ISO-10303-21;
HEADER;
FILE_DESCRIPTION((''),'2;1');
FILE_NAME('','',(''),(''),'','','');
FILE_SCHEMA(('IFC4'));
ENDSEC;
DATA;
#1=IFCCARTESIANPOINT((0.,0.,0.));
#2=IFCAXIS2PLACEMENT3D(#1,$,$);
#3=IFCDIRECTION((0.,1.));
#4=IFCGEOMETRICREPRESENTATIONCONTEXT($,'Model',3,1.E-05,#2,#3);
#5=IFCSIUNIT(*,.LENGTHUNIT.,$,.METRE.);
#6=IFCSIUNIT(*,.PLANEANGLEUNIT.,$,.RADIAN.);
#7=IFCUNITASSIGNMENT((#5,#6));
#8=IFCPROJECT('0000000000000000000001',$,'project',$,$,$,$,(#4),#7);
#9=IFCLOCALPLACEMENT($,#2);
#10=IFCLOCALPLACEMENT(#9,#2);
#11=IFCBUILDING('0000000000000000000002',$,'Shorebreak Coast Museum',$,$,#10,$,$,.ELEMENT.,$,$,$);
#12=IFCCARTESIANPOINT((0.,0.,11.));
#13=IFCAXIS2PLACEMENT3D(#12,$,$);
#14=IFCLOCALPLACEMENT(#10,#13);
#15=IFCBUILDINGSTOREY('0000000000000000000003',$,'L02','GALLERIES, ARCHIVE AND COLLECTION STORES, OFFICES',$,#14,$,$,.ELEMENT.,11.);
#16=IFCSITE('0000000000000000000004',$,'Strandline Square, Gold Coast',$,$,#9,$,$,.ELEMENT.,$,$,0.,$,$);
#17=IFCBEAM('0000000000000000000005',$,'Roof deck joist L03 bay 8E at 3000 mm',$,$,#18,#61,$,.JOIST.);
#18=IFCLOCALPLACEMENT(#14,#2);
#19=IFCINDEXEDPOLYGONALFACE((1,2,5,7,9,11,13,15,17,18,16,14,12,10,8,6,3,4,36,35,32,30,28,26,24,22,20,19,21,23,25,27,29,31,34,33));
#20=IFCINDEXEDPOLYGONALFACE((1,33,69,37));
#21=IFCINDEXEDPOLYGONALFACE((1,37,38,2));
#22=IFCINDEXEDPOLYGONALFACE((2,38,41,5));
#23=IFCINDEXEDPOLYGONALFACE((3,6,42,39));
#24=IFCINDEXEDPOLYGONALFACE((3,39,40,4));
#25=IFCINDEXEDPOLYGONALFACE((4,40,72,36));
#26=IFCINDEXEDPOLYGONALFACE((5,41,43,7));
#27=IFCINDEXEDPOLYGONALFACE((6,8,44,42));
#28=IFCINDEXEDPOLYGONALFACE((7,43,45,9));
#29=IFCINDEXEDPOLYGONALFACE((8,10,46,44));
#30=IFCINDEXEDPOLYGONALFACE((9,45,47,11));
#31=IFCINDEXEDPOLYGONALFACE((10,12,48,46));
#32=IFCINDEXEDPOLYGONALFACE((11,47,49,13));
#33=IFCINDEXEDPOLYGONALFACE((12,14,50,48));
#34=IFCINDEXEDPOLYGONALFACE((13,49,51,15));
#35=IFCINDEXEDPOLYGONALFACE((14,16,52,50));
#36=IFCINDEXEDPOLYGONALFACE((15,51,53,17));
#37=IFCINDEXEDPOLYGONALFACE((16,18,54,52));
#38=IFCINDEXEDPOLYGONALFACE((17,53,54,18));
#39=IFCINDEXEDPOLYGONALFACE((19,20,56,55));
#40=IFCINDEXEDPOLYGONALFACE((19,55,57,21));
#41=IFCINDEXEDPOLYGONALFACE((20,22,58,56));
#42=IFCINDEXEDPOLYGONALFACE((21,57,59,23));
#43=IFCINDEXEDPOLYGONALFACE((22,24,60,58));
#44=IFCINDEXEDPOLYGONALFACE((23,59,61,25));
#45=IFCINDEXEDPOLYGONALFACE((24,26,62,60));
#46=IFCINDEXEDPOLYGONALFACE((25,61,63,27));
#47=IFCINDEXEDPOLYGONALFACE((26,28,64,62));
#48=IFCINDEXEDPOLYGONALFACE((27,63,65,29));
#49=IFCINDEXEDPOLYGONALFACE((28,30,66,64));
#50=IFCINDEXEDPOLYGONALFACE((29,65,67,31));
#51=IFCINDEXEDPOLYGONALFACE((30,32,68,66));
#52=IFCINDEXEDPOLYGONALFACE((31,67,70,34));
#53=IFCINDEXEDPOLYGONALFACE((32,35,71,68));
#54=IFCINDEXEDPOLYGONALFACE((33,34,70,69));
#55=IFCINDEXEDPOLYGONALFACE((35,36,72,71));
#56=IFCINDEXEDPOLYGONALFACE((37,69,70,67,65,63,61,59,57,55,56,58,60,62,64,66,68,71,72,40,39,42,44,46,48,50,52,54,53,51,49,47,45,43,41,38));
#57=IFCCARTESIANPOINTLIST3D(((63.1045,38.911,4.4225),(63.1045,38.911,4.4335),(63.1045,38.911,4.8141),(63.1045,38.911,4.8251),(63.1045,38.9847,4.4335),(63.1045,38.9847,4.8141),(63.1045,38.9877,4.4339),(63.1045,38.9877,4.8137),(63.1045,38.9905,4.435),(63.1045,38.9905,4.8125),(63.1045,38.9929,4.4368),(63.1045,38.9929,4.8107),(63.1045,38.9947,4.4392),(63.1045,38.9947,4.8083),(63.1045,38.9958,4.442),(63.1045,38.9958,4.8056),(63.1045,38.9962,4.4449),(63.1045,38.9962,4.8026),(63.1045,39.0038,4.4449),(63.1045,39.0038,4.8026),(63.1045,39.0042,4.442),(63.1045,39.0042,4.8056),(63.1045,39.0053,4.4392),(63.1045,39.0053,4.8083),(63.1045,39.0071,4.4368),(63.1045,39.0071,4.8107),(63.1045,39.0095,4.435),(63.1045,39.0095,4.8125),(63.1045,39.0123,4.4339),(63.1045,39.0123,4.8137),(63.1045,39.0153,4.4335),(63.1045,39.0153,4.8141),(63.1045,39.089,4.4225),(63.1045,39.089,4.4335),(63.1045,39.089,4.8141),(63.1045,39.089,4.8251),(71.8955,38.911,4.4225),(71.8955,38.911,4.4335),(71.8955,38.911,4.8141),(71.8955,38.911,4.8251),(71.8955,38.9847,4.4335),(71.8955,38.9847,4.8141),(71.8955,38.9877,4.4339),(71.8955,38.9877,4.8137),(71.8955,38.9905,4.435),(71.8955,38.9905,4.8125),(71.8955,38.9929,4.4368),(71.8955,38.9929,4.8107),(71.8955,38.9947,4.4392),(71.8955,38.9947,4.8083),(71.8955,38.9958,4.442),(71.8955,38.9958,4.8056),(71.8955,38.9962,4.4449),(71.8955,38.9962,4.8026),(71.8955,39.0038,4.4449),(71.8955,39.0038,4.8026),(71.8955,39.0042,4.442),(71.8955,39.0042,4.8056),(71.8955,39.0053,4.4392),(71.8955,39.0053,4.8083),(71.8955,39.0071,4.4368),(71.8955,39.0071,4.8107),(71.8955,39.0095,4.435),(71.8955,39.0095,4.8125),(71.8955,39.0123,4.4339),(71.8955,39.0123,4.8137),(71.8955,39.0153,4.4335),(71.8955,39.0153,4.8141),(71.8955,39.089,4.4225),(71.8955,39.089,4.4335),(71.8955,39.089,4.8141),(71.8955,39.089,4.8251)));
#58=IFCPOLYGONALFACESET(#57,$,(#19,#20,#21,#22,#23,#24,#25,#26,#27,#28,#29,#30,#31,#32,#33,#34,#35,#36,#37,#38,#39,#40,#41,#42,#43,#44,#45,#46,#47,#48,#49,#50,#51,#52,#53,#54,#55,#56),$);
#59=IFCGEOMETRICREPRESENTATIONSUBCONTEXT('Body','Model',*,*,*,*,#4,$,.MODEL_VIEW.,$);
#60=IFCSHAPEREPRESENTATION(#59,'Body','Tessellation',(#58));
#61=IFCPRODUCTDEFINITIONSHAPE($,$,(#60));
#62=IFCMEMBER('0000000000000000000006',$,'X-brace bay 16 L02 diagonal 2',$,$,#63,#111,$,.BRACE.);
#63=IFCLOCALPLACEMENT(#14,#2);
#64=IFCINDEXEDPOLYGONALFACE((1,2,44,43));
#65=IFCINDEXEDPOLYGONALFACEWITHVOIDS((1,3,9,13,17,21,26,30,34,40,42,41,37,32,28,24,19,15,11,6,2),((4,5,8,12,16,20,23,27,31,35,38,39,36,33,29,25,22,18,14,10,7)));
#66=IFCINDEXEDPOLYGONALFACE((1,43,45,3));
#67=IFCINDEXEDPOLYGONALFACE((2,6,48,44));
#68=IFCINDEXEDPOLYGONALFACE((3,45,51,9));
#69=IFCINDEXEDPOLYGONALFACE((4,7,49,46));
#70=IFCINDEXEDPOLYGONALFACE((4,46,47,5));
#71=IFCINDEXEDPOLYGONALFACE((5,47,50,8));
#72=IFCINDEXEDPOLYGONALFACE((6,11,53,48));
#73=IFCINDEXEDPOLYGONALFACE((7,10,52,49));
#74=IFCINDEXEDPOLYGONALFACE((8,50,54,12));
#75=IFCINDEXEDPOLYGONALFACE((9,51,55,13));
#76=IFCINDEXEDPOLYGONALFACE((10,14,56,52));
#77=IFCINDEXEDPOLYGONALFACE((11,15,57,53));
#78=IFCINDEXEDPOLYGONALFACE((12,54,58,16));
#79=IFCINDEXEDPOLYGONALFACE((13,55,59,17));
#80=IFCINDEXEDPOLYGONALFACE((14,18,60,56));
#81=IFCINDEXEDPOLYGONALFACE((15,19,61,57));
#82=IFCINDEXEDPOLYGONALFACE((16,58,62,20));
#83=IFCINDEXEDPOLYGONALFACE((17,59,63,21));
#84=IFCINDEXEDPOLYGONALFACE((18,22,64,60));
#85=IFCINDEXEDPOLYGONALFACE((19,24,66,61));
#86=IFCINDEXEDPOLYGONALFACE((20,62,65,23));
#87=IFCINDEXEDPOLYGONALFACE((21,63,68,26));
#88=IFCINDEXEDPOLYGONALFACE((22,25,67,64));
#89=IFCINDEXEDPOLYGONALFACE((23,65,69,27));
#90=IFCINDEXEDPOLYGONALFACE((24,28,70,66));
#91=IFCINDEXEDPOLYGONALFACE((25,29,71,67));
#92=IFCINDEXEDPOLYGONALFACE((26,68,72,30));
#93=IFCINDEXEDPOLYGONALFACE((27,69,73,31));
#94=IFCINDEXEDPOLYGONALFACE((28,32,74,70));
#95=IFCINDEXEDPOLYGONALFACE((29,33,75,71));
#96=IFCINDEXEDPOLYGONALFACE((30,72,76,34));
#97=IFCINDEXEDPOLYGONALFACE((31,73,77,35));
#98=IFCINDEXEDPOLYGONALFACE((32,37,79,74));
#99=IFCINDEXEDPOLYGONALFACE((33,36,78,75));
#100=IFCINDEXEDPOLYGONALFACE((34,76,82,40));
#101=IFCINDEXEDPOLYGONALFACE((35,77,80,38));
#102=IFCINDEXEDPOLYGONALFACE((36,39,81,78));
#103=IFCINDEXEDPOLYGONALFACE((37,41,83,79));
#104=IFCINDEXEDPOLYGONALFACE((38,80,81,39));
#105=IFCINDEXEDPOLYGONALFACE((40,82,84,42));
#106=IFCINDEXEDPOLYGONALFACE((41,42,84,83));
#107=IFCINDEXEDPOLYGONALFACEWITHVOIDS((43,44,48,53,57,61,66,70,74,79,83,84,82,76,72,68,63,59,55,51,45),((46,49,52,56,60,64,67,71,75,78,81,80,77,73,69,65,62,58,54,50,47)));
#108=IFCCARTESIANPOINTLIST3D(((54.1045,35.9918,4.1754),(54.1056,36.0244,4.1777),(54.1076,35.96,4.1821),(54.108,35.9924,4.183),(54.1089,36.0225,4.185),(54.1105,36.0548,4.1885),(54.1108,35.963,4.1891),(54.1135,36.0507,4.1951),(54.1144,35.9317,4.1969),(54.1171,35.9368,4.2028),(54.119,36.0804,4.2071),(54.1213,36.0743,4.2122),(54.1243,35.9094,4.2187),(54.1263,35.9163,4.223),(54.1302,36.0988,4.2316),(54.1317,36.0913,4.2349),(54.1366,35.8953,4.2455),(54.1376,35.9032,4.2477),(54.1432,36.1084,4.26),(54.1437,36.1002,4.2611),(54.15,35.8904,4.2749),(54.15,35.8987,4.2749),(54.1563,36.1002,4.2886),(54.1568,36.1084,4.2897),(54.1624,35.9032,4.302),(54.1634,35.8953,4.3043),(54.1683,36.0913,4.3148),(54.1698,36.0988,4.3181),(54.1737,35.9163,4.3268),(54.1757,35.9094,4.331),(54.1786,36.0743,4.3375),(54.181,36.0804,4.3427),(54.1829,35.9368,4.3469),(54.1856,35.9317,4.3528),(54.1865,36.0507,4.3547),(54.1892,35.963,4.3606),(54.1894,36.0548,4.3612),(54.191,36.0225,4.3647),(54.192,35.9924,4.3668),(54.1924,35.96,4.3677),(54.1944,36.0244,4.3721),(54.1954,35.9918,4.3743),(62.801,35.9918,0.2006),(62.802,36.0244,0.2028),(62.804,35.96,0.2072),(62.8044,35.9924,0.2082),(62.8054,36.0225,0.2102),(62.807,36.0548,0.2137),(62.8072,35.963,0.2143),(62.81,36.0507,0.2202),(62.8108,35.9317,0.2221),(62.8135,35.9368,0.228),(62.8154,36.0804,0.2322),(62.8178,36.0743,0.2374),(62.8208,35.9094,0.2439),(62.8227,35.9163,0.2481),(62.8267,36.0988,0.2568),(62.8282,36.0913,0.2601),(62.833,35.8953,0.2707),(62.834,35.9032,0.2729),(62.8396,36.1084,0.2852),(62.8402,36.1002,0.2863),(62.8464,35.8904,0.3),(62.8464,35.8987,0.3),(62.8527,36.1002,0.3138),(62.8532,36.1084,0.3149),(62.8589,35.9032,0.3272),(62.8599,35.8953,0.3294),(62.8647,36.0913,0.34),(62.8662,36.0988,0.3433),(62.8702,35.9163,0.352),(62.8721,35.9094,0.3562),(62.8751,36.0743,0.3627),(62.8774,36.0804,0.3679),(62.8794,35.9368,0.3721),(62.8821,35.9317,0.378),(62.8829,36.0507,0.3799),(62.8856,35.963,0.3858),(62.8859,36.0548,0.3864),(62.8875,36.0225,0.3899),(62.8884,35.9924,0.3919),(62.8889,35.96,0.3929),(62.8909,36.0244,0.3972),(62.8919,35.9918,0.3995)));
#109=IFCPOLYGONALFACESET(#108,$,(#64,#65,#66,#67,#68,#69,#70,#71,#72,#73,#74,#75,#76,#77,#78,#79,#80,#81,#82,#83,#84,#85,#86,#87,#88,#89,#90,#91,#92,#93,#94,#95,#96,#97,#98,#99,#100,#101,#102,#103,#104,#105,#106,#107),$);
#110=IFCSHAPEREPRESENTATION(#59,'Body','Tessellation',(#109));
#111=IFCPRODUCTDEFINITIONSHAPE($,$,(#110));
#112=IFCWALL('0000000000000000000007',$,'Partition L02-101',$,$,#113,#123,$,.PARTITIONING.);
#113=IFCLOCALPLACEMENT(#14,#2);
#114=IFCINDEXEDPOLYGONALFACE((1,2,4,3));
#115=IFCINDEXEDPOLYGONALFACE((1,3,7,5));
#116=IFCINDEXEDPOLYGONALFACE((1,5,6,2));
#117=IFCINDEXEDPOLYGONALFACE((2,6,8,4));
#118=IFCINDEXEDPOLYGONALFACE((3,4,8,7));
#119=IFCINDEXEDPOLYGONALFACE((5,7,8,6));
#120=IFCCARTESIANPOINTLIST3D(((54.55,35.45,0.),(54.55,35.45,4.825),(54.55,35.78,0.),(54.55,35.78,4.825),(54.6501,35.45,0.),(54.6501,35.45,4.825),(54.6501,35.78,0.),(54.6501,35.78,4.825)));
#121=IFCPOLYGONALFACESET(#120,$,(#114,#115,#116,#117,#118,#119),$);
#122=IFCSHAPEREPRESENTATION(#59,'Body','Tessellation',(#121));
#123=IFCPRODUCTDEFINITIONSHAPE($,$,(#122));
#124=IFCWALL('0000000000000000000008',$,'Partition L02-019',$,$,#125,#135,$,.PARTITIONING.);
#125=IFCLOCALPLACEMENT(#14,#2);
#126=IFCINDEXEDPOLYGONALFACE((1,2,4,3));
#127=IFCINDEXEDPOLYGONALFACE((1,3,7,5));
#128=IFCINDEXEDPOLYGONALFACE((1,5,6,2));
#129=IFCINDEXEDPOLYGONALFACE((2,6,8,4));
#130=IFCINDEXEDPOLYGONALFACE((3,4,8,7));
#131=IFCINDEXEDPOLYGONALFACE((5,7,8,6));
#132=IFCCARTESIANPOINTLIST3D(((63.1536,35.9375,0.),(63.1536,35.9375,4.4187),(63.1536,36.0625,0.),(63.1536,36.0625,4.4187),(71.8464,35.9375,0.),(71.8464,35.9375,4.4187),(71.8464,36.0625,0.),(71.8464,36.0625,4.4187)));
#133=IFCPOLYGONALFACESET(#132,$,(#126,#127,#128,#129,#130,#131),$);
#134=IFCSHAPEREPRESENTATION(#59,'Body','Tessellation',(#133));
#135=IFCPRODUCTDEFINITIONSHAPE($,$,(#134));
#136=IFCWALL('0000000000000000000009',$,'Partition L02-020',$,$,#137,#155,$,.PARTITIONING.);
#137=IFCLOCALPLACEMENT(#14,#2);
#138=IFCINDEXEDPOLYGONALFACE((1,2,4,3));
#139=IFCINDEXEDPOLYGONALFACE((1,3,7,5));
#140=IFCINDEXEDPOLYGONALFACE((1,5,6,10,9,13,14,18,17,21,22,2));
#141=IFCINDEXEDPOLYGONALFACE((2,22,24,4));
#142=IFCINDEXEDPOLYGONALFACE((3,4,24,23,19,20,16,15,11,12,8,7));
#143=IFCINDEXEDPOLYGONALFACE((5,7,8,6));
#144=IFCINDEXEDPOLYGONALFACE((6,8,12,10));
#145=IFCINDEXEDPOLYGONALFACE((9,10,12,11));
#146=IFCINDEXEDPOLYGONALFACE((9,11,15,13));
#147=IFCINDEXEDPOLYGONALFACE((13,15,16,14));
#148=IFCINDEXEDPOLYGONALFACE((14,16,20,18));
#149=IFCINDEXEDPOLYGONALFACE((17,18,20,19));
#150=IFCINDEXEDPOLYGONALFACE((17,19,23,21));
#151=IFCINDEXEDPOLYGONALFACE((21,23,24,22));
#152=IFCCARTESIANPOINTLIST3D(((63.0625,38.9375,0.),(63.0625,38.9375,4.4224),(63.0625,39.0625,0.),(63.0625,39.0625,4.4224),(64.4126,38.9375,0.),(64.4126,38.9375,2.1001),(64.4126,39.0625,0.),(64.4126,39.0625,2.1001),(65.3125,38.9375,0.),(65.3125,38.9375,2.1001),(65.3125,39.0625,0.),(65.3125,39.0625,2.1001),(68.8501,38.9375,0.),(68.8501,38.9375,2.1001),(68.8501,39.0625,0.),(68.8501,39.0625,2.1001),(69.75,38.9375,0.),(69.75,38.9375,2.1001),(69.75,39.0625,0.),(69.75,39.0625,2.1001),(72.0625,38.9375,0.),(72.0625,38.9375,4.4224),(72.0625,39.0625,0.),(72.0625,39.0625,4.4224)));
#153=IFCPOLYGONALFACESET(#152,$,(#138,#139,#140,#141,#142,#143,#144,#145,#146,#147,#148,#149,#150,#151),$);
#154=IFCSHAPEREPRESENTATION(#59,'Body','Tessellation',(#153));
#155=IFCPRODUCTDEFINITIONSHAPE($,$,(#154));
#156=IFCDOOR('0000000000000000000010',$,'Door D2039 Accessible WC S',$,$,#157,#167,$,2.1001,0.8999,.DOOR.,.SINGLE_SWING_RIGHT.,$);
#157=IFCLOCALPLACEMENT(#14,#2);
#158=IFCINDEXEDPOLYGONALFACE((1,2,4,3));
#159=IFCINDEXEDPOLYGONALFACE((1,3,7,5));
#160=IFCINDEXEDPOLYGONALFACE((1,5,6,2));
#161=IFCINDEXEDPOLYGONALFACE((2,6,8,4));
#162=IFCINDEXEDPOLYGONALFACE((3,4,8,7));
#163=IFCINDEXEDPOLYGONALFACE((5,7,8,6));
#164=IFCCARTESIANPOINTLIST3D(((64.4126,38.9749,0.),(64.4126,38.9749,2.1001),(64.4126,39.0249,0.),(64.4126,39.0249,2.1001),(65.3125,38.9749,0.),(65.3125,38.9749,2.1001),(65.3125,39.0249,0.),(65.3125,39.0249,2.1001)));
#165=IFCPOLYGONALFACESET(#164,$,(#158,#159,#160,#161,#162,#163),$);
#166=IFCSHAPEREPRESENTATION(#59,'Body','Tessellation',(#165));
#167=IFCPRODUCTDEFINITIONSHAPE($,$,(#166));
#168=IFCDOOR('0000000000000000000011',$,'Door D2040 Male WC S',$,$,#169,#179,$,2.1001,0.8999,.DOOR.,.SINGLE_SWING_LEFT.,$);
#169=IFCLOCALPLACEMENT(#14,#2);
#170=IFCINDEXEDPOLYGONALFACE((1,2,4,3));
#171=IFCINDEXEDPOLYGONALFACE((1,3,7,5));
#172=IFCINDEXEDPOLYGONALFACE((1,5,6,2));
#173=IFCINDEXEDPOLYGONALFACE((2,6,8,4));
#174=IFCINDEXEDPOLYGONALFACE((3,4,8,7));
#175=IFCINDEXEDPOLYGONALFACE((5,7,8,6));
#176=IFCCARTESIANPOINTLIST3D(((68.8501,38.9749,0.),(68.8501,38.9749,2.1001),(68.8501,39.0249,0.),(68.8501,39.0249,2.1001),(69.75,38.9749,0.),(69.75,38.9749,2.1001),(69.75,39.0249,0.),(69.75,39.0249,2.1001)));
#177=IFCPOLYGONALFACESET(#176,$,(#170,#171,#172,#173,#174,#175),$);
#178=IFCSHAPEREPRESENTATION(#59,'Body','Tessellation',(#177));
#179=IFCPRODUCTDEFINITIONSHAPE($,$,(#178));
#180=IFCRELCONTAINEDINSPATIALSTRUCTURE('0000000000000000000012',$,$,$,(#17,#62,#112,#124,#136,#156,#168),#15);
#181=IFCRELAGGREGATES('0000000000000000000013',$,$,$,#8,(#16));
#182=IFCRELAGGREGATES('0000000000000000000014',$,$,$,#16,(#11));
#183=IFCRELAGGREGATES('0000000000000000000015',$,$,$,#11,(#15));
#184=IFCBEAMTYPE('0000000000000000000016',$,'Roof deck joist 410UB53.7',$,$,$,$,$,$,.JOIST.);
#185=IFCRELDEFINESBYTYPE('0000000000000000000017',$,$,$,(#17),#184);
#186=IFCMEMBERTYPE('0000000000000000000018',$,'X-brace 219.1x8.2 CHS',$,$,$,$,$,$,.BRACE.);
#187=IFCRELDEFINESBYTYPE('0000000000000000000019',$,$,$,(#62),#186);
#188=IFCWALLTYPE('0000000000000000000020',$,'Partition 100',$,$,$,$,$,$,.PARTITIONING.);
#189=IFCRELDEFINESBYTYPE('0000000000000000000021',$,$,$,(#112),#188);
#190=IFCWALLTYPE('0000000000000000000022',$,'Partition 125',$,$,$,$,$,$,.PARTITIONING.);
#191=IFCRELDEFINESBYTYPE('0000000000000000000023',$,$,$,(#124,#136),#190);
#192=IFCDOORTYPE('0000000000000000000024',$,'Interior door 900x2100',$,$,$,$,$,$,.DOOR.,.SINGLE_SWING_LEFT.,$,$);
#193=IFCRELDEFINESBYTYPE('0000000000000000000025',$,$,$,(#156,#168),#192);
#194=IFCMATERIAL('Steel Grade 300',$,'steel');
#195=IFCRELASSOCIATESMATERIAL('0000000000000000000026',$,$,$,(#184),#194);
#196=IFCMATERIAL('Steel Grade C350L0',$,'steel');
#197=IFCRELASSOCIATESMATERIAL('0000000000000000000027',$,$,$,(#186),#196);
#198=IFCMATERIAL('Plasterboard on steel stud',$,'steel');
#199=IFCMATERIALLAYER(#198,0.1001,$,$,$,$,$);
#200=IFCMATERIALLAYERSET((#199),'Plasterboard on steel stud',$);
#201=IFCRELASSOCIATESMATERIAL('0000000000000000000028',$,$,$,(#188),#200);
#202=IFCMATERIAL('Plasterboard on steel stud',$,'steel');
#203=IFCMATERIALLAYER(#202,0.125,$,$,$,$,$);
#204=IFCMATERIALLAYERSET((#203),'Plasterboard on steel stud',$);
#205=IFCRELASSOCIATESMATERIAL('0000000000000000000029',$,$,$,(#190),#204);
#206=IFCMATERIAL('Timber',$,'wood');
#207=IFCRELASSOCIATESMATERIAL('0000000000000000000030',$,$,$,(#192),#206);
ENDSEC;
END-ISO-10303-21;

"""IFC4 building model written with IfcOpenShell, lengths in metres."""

from ifc_helpers import new_model, si_unit, direction, frame, frame_2d, origin, origin_2d, place, context, subcontext, project, spatial, rectangle, hollow_circle, i_section, extrude, material, layer, layer_set, material_profile, profile_set, type_object, element, fill, save


model = new_model("IFC4")

# Units and contexts
model_context = context("Model", 3, precision=1e-05, world=origin(), true_north=direction((0.0, 1.0)))
body_context = subcontext(model_context, "Body", "Model", "MODEL_VIEW")
ifc_project = project(units=[si_unit("LENGTHUNIT", "METRE"), si_unit("PLANEANGLEUNIT", "RADIAN")], contexts=[model_context])

# Site, building, storey
site_placement = place(None, origin())
site = spatial("IfcSite", under=ifc_project, at=site_placement, Name="Strandline Square, Gold Coast", CompositionType="ELEMENT", RefElevation=0.0)
building_placement = place(site_placement, origin())
building = spatial("IfcBuilding", under=site, at=building_placement, Name="Shorebreak Coast Museum", CompositionType="ELEMENT")
storey_placement = place(building_placement, frame((0.0, 0.0, 11.0)))
storey = spatial("IfcBuildingStorey", under=building, at=storey_placement, Name="L02", Description="GALLERIES, ARCHIVE AND COLLECTION STORES, OFFICES", CompositionType="ELEMENT", Elevation=11.0)

# Beam
ifc_material_1 = material(Name="Steel Grade 300", Category="steel")
ifc_material_profile_1 = material_profile(ifc_material_1, i_section(OverallWidth=0.178, OverallDepth=0.4026, WebThickness=0.0076, FlangeThickness=0.011, FilletRadius=0.0115, at=origin_2d()), Name="410UB53.7")
ifc_profile_set_1 = profile_set([ifc_material_profile_1], Name="Steel Grade 300")
beam_type_1 = type_object("IfcBeamType", Name="Roof deck joist 410UB53.7", PredefinedType="JOIST", material=ifc_profile_set_1)
beam_1_placement = place(storey_placement, frame((63.1045, 39.0, 4.6238), z_axis=(1.0, 0.0, 0.0), x_axis=(0.0, 1.0, 0.0)))
element("IfcBeam", 1, at=beam_1_placement, inside=storey, type_object=beam_type_1, Name="Roof deck joist L03 bay 8E at 3000 mm", PredefinedType="JOIST", context=body_context, shape_type="SweptSolid", body=[
    extrude(i_section(OverallWidth=0.178, OverallDepth=0.4026, WebThickness=0.0076, FlangeThickness=0.011, FilletRadius=0.0115, at=origin_2d()), origin(), (0.0, 0.0, 1.0), 8.791),
])

# Member
ifc_material_2 = material(Name="Steel Grade C350L0", Category="steel")
ifc_material_profile_2 = material_profile(ifc_material_2, hollow_circle(Radius=0.1096, WallThickness=0.0083, at=origin_2d()), Name="219.1x8.2 CHS")
ifc_profile_set_2 = profile_set([ifc_material_profile_2], Name="Steel Grade C350L0")
member_type = type_object("IfcMemberType", Name="X-brace 219.1x8.2 CHS", PredefinedType="BRACE", material=ifc_profile_set_2)
member_placement = place(storey_placement, frame((62.8464, 36.0, 0.3), z_axis=(-0.909502, 0.0, 0.415699), x_axis=(0.0, -1.0, 0.0)))
element("IfcMember", 2, at=member_placement, inside=storey, type_object=member_type, Name="X-brace bay 16 L02 diagonal 2", PredefinedType="BRACE", context=body_context, shape_type="SweptSolid", body=[
    extrude(hollow_circle(Radius=0.1096, WallThickness=0.0083, at=origin_2d()), origin(), (0.0, 0.0, 1.0), 9.5618),
])

# Walls
ifc_material_3 = material(Name="Plasterboard on steel stud", Category="steel")
ifc_layer_1 = layer(ifc_material_3, 0.1001)
ifc_layer_set_1 = layer_set([ifc_layer_1], Name="Plasterboard on steel stud")
wall_type_1 = type_object("IfcWallType", Name="Partition 100", PredefinedType="PARTITIONING", material=ifc_layer_set_1)
wall_1_placement = place(storey_placement, frame((54.6001, 35.45, 0.0), z_axis=(0.0, 0.0, 1.0), x_axis=(0.0, 1.0, 0.0)))
element("IfcWall", 3, at=wall_1_placement, inside=storey, type_object=wall_type_1, Name="Partition L02-101", PredefinedType="PARTITIONING", context=body_context, shape_type="SweptSolid", body=[
    extrude(rectangle(XDim=0.3301, YDim=0.1001, at=frame_2d((0.165, 0.0))), origin(), (0.0, 0.0, 1.0), 4.825),
])
ifc_material_4 = material(Name="Plasterboard on steel stud", Category="steel")
ifc_layer_2 = layer(ifc_material_4, 0.125)
ifc_layer_set_2 = layer_set([ifc_layer_2], Name="Plasterboard on steel stud")
wall_type_2 = type_object("IfcWallType", Name="Partition 125", PredefinedType="PARTITIONING", material=ifc_layer_set_2)
wall_2_placement = place(storey_placement, frame((63.1536, 36.0, 0.0), z_axis=(0.0, 0.0, 1.0), x_axis=(1.0, 0.0, 0.0)))
element("IfcWall", 4, at=wall_2_placement, inside=storey, type_object=wall_type_2, Name="Partition L02-019", PredefinedType="PARTITIONING", context=body_context, shape_type="SweptSolid", body=[
    extrude(rectangle(XDim=8.6929, YDim=0.125, at=frame_2d((4.3464, 0.0))), origin(), (0.0, 0.0, 1.0), 4.4187),
])

# Wall, openings, doors
wall_3_placement = place(storey_placement, frame((63.0625, 39.0, 0.0), z_axis=(0.0, 0.0, 1.0), x_axis=(1.0, 0.0, 0.0)))
wall_3 = element("IfcWall", 5, at=wall_3_placement, inside=storey, type_object=wall_type_2, Name="Partition L02-020", PredefinedType="PARTITIONING", context=body_context, shape_type="SweptSolid", body=[
    extrude(rectangle(XDim=9.0, YDim=0.125, at=frame_2d((4.5, 0.0))), origin(), (0.0, 0.0, 1.0), 4.4224),
])
opening_1_placement = place(wall_3_placement, frame((1.3501, 0.0, 0.0)))
opening_1 = element("IfcOpeningElement", 6, at=opening_1_placement, cuts=wall_3, PredefinedType="OPENING", context=body_context, shape_type="SweptSolid", body=[
    extrude(rectangle(XDim=0.8999, YDim=2.1001, at=frame_2d((0.45, 1.05))), frame((0.0, 0.0725, 0.0), z_axis=(0.0, -1.0, 0.0), x_axis=(1.0, 0.0, 0.0)), (0.0, 0.0, 1.0), 0.145),
])
opening_2_placement = place(wall_3_placement, frame((5.7876, 0.0, 0.0)))
opening_2 = element("IfcOpeningElement", 7, at=opening_2_placement, cuts=wall_3, PredefinedType="OPENING", context=body_context, shape_type="SweptSolid", body=[
    extrude(rectangle(XDim=0.8999, YDim=2.1001, at=frame_2d((0.45, 1.05))), frame((0.0, 0.0725, 0.0), z_axis=(0.0, -1.0, 0.0), x_axis=(1.0, 0.0, 0.0)), (0.0, 0.0, 1.0), 0.145),
])
ifc_material_5 = material(Name="Timber", Category="wood")
door_type_1 = type_object("IfcDoorType", Name="Interior door 900x2100", OperationType="SINGLE_SWING_LEFT", PredefinedType="DOOR", material=ifc_material_5)
door_1_placement = place(opening_1_placement, origin())
door_1 = element("IfcDoor", 8, at=door_1_placement, inside=storey, type_object=door_type_1, Name="Door D2039 Accessible WC S", OperationType="SINGLE_SWING_RIGHT", OverallHeight=2.1001, OverallWidth=0.8999, PredefinedType="DOOR", context=body_context, shape_type="SweptSolid", body=[
    extrude(rectangle(XDim=0.8999, YDim=2.1001, at=frame_2d((0.45, 1.05))), frame((0.0, 0.0249, 0.0), z_axis=(0.0, -1.0, 0.0), x_axis=(1.0, 0.0, 0.0)), (0.0, 0.0, 1.0), 0.05),
])
fill(opening_1, door_1)
door_2_placement = place(opening_2_placement, origin())
door_2 = element("IfcDoor", 9, at=door_2_placement, inside=storey, type_object=door_type_1, Name="Door D2040 Male WC S", OperationType="SINGLE_SWING_LEFT", OverallHeight=2.1001, OverallWidth=0.8999, PredefinedType="DOOR", context=body_context, shape_type="SweptSolid", body=[
    extrude(rectangle(XDim=0.8999, YDim=2.1001, at=frame_2d((0.45, 1.05))), frame((0.0, 0.0249, 0.0), z_axis=(0.0, -1.0, 0.0), x_axis=(1.0, 0.0, 0.0)), (0.0, 0.0, 1.0), 0.05),
])
fill(opening_2, door_2)

save(model, "model.ifc")
